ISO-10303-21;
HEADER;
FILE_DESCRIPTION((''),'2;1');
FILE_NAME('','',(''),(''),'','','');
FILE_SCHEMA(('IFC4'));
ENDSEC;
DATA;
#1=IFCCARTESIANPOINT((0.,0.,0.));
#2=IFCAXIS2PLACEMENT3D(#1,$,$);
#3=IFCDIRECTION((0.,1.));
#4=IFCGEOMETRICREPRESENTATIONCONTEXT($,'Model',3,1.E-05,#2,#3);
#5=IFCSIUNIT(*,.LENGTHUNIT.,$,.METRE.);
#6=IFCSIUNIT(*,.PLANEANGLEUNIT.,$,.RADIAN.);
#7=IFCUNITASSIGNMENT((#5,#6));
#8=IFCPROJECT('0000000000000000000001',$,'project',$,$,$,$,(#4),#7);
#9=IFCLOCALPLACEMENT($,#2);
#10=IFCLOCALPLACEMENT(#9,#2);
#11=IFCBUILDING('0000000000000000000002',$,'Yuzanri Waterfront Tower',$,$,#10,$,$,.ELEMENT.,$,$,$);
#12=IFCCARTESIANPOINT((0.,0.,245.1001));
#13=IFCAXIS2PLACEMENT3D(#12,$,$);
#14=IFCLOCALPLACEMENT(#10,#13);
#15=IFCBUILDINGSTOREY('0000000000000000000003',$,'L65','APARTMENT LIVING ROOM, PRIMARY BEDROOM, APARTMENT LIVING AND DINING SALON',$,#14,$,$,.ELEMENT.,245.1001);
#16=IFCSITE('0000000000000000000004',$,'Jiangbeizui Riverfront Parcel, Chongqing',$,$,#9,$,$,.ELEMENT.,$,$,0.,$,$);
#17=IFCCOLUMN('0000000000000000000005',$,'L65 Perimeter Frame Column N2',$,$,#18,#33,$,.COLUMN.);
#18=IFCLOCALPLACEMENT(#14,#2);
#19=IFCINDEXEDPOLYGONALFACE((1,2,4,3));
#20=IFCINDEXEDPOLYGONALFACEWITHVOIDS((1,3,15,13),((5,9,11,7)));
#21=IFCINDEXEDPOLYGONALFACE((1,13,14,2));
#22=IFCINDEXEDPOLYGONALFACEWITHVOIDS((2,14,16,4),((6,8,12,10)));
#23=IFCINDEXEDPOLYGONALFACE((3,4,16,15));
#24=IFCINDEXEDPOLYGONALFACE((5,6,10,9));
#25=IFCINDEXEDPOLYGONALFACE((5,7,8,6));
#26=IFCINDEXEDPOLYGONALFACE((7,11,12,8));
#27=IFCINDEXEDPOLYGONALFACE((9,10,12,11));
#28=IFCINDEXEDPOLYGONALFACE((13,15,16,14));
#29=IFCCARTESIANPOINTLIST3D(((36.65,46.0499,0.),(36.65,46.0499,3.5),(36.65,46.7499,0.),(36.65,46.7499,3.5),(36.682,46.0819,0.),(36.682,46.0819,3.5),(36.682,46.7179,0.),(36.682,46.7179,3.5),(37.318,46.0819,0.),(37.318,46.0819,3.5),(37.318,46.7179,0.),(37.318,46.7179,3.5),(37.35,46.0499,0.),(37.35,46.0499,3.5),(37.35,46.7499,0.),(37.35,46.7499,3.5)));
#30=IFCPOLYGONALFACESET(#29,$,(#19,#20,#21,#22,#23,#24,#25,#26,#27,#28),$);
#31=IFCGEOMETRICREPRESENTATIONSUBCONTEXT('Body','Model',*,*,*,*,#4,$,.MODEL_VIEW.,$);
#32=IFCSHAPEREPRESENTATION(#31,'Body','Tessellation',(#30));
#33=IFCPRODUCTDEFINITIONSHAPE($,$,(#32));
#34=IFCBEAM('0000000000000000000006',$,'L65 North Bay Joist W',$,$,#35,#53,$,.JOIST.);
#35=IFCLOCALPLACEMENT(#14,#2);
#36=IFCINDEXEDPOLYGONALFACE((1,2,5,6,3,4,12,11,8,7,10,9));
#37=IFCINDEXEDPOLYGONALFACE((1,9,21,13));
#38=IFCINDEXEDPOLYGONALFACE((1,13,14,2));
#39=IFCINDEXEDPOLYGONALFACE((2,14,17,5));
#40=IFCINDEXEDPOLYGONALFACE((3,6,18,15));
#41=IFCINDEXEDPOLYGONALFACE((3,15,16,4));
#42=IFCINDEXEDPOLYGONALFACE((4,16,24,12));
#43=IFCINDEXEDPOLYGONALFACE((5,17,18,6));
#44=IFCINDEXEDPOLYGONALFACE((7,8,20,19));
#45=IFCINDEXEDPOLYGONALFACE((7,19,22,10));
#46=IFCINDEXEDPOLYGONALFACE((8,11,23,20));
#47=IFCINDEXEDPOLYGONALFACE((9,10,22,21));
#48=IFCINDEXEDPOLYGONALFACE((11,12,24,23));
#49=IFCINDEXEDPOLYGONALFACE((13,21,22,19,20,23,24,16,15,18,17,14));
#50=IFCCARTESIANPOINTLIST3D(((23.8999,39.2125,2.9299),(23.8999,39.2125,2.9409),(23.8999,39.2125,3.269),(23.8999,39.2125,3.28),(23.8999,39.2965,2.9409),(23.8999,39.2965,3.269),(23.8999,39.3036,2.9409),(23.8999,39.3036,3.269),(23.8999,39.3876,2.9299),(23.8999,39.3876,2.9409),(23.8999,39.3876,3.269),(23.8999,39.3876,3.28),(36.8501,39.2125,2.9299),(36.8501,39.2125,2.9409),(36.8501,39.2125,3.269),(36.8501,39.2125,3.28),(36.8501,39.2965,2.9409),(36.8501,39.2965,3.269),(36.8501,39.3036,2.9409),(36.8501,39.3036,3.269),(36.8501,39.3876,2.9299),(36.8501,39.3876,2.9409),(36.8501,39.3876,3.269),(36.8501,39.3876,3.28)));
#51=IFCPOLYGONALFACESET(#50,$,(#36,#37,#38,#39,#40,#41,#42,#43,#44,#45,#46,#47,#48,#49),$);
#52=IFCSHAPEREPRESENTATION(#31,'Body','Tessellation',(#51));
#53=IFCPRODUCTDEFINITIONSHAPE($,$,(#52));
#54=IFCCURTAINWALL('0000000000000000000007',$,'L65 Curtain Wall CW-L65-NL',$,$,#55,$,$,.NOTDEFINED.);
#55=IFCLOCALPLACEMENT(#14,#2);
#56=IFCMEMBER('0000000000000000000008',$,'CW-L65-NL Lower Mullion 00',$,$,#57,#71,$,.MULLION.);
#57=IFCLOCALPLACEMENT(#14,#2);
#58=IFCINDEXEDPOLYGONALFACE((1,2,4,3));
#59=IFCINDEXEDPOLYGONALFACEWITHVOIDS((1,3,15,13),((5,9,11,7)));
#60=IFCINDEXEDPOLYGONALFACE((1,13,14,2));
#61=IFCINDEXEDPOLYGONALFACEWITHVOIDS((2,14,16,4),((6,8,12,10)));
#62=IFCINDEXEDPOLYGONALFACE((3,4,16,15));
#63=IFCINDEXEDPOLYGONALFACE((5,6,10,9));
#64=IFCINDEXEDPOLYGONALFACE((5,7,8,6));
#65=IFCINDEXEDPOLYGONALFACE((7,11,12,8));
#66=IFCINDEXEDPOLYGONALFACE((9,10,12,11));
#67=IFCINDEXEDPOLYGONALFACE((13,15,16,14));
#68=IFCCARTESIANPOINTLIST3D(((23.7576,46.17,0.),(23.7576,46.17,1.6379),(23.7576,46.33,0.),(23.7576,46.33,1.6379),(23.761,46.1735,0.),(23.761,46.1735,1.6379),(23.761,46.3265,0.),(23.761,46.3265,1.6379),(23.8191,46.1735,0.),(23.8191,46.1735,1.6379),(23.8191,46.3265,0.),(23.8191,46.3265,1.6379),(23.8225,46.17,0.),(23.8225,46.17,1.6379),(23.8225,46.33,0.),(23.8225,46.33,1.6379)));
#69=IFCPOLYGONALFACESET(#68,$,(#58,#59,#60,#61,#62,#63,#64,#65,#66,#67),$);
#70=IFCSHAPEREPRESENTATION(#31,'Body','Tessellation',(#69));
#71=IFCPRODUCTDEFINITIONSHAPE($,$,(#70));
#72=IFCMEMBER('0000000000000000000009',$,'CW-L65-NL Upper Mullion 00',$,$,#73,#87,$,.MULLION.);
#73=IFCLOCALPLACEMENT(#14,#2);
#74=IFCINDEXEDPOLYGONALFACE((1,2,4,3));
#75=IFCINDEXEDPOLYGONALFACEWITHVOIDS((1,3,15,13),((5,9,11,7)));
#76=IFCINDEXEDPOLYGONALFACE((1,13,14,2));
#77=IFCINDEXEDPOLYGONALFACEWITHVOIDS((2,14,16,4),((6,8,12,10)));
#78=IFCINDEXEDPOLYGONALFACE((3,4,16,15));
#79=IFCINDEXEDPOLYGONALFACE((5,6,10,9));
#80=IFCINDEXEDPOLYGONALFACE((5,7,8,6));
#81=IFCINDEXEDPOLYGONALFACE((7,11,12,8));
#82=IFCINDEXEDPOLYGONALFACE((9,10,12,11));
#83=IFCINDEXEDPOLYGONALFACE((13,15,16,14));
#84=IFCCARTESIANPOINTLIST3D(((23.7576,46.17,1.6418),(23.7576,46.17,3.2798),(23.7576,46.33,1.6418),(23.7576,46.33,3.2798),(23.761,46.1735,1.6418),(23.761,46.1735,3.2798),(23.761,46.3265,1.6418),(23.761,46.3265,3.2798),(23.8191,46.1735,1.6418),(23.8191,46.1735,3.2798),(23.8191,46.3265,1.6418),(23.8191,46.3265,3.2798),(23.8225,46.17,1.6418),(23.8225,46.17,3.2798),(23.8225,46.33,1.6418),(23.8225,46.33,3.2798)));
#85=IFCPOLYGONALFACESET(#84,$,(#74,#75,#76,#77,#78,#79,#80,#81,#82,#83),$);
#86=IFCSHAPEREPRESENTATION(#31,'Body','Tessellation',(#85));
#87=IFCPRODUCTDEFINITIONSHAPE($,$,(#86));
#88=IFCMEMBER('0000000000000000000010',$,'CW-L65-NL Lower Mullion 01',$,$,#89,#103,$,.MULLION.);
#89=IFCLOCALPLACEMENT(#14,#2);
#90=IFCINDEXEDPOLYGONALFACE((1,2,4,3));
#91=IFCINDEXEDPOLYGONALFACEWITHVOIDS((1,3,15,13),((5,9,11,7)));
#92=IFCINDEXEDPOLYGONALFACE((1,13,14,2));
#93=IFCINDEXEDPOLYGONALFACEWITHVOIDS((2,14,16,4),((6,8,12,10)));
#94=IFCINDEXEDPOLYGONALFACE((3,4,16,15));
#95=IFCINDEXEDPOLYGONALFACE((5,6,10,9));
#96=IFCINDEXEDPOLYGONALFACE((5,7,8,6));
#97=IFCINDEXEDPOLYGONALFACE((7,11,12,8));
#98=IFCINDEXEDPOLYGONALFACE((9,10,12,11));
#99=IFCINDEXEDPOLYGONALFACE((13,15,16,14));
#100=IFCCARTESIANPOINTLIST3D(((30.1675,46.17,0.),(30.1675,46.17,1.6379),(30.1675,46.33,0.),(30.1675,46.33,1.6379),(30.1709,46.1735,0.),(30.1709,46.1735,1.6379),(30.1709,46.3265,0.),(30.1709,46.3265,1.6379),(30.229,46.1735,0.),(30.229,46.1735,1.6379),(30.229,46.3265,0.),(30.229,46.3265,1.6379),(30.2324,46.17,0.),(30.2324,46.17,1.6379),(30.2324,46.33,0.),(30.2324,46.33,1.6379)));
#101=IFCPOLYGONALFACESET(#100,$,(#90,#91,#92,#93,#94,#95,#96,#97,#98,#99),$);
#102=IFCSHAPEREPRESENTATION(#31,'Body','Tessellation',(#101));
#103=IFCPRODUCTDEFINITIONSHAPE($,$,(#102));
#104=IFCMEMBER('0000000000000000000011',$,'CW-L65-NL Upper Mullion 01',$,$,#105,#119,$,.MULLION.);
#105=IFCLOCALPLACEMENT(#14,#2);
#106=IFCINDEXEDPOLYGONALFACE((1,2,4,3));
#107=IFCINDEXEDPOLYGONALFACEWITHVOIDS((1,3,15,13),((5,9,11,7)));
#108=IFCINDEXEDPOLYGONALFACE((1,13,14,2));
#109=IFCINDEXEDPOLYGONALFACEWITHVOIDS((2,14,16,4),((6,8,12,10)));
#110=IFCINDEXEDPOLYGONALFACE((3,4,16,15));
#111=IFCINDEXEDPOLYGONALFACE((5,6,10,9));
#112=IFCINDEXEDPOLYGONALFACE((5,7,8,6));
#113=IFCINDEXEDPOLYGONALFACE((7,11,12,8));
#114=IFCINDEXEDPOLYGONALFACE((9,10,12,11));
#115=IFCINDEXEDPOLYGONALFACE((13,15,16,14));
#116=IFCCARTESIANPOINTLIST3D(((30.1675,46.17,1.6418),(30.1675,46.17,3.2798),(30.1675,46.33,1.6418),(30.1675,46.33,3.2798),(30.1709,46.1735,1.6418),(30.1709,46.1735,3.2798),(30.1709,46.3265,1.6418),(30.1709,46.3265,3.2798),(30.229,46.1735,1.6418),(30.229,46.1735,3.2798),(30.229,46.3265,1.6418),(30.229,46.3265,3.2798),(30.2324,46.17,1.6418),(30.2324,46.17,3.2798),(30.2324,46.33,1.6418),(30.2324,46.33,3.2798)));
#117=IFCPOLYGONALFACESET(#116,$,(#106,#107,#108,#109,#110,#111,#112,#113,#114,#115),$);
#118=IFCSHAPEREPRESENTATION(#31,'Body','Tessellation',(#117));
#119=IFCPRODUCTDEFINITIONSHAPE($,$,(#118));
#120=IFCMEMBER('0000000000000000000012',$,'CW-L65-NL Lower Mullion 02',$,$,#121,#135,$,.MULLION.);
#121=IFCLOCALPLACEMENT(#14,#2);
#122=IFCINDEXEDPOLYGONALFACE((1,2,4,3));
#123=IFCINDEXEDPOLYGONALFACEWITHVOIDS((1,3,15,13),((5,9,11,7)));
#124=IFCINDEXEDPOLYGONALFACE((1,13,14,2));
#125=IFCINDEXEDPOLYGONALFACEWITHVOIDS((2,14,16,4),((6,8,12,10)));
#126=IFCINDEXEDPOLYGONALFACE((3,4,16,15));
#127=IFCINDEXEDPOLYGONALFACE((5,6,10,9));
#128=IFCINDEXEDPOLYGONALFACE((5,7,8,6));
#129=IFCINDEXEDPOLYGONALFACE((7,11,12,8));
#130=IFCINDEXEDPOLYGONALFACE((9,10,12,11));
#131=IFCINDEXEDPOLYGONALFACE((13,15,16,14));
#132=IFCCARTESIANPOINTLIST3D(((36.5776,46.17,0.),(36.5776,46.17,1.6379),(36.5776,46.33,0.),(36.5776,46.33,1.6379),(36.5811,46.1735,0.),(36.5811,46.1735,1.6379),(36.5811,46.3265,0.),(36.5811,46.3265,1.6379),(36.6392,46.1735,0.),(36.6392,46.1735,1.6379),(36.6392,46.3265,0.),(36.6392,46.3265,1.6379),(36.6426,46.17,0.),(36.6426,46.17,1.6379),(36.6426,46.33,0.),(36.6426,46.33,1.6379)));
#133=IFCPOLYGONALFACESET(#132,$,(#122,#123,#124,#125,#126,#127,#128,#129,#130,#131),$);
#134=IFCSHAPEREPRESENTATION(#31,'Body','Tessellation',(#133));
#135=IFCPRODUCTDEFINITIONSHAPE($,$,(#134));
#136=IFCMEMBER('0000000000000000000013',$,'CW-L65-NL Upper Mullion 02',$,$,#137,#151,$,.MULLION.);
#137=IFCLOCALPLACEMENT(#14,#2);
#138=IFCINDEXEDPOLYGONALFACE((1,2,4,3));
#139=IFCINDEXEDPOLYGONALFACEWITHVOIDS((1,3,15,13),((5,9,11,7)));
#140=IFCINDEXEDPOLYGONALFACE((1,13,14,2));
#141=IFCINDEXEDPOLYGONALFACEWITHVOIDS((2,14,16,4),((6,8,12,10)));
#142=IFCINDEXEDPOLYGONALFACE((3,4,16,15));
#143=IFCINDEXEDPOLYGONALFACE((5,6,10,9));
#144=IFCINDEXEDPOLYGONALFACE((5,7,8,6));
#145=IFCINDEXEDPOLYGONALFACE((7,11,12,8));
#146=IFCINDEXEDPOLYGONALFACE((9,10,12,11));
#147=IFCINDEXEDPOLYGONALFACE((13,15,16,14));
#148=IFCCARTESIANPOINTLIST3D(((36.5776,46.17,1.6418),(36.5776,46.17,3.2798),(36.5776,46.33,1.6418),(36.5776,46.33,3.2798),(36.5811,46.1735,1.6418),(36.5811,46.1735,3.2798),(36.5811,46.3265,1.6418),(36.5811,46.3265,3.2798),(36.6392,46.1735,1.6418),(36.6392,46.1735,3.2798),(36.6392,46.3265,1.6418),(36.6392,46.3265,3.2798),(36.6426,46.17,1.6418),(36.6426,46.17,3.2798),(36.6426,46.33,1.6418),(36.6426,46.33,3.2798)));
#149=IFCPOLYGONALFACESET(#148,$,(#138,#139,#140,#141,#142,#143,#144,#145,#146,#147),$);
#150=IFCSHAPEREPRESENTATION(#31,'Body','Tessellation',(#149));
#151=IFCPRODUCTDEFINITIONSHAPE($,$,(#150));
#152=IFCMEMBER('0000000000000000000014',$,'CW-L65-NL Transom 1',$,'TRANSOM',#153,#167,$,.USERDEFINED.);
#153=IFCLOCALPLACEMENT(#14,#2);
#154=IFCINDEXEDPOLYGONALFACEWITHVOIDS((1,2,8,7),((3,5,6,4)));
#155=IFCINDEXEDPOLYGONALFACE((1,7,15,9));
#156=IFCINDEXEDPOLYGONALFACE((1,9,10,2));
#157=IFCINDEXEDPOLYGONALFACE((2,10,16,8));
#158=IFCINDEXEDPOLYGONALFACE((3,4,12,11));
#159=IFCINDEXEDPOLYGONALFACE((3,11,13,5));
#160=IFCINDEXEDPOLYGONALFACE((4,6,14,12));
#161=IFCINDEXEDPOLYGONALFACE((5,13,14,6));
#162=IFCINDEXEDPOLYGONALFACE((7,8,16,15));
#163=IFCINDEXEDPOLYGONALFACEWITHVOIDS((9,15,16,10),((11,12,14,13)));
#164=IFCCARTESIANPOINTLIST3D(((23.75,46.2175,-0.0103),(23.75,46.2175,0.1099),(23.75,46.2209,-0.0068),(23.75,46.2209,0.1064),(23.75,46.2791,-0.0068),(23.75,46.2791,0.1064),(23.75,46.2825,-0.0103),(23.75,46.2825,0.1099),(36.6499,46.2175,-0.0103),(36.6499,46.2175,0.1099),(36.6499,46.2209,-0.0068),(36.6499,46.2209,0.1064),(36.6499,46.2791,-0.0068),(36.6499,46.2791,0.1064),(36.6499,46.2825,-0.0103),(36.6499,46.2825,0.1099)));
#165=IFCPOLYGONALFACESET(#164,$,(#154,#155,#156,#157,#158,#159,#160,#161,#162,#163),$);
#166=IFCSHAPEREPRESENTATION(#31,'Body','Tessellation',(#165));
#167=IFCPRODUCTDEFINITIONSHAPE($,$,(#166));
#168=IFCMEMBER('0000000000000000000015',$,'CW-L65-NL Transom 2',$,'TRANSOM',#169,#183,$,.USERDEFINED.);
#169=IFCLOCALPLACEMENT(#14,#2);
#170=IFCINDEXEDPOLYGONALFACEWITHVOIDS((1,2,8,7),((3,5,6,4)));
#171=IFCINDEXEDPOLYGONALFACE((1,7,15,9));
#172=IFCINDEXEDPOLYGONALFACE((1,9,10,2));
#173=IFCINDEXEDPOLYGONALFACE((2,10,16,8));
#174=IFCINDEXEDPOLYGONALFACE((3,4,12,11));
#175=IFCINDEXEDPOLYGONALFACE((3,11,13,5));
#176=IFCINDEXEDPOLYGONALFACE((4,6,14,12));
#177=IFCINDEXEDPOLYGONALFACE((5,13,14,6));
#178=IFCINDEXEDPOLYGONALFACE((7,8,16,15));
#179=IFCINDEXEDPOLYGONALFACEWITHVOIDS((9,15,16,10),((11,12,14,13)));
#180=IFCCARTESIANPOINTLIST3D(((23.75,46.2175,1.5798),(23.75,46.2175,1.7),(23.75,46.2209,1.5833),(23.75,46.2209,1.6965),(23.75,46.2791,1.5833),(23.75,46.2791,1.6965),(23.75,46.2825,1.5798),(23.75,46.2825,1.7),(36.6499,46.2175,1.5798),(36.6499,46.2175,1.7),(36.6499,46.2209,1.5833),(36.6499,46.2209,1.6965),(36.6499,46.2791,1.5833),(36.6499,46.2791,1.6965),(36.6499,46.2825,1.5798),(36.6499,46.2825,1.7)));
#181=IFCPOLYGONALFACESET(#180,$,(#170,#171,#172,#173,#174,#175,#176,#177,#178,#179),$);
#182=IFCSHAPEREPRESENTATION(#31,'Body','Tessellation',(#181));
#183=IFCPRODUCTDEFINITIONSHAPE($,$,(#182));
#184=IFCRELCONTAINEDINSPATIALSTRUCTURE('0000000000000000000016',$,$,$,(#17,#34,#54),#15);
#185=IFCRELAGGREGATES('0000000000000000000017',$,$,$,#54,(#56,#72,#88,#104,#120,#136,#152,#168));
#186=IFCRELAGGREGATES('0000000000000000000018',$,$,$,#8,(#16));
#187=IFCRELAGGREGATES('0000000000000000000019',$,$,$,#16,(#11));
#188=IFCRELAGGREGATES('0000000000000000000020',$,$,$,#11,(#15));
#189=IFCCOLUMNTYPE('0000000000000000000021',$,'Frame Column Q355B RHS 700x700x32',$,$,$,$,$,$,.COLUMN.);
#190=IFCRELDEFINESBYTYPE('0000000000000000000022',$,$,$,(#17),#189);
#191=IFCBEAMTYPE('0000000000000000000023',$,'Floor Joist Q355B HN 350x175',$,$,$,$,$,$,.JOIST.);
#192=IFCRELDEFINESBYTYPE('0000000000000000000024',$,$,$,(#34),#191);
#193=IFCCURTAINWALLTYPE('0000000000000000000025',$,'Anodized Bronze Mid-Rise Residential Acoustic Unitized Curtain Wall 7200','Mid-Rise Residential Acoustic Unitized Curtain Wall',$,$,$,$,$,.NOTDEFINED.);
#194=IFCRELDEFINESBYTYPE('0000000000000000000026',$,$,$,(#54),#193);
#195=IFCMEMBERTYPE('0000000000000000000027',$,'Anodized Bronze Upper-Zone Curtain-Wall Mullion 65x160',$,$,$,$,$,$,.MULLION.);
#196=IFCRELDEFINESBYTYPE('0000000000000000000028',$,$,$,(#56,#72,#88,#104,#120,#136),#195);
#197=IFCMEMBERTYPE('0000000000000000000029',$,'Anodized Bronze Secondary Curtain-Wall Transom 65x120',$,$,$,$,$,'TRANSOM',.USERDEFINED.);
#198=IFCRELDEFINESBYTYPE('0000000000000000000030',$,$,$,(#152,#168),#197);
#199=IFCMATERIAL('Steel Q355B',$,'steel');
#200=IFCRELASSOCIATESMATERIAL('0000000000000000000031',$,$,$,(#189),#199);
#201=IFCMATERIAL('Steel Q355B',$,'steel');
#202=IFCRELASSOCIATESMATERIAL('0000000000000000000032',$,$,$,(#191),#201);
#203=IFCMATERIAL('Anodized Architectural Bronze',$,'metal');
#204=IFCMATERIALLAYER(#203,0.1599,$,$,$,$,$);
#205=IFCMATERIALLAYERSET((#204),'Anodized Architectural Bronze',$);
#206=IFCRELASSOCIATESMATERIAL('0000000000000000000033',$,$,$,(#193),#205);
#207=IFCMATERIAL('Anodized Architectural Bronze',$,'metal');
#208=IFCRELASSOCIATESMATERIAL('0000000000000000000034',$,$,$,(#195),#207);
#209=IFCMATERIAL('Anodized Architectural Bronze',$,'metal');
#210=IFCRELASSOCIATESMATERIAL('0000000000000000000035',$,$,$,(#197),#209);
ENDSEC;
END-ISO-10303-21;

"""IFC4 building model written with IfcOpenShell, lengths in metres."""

from ifc_helpers import new_model, si_unit, direction, frame, origin, origin_2d, place, context, subcontext, project, spatial, hollow_rectangle, i_section, extrude, source, transform, mapped, material, layer, layer_set, material_profile, profile_set, type_object, element, aggregate, save


model = new_model("IFC4")

# Units and contexts
model_context = context("Model", 3, precision=1e-05, world=origin(), true_north=direction((0.0, 1.0)))
body_context = subcontext(model_context, "Body", "Model", "MODEL_VIEW")
ifc_project = project(units=[si_unit("LENGTHUNIT", "METRE"), si_unit("PLANEANGLEUNIT", "RADIAN")], contexts=[model_context])

# Site, building, storey
site_placement = place(None, origin())
site = spatial("IfcSite", under=ifc_project, at=site_placement, Name="Jiangbeizui Riverfront Parcel, Chongqing", CompositionType="ELEMENT", RefElevation=0.0)
building_placement = place(site_placement, origin())
building = spatial("IfcBuilding", under=site, at=building_placement, Name="Yuzanri Waterfront Tower", CompositionType="ELEMENT")
storey_placement = place(building_placement, frame((0.0, 0.0, 245.1001)))
storey = spatial("IfcBuildingStorey", under=building, at=storey_placement, Name="L65", Description="APARTMENT LIVING ROOM, PRIMARY BEDROOM, APARTMENT LIVING AND DINING SALON", CompositionType="ELEMENT", Elevation=245.1001)

# Column
ifc_material_1 = material(Name="Steel Q355B", Category="steel")
ifc_material_profile_1 = material_profile(ifc_material_1, hollow_rectangle(XDim=0.7, YDim=0.7, WallThickness=0.032, at=origin_2d()), Name="RHS 700x700x32")
ifc_profile_set_1 = profile_set([ifc_material_profile_1], Name="Steel Q355B")
column_type = type_object("IfcColumnType", Name="Frame Column Q355B RHS 700x700x32", PredefinedType="COLUMN", material=ifc_profile_set_1)
shared_shape_1 = source(origin(), body_context, "Body", "SweptSolid", [
    extrude(hollow_rectangle(XDim=0.7, YDim=0.7, WallThickness=0.032, at=origin_2d()), origin(), (0.0, 0.0, 1.0), 3.5),
])
column_placement = place(storey_placement, frame((37.0, 46.3999, 0.0), z_axis=(0.0, 0.0, 1.0), x_axis=(1.0, 0.0, 0.0)))
element("IfcColumn", 1, at=column_placement, inside=storey, type_object=column_type, Name="L65 Perimeter Frame Column N2", PredefinedType="COLUMN", context=body_context, shape_type="MappedRepresentation", body=[
    mapped(shared_shape_1, transform((0.0, 0.0, 0.0), scale=1.0)),
])

# Beam
ifc_material_2 = material(Name="Steel Q355B", Category="steel")
ifc_material_profile_2 = material_profile(ifc_material_2, i_section(OverallWidth=0.175, OverallDepth=0.3501, WebThickness=0.0071, FlangeThickness=0.011, at=origin_2d()), Name="HN 350x175x7x11")
ifc_profile_set_2 = profile_set([ifc_material_profile_2], Name="Steel Q355B")
beam_type = type_object("IfcBeamType", Name="Floor Joist Q355B HN 350x175", PredefinedType="JOIST", material=ifc_profile_set_2)
shared_shape_2 = source(origin(), body_context, "Body", "SweptSolid", [
    extrude(i_section(OverallWidth=0.175, OverallDepth=0.3501, WebThickness=0.0071, FlangeThickness=0.011, at=origin_2d()), origin(), (0.0, 0.0, 1.0), 12.9502),
])
beam_placement = place(storey_placement, frame((23.8999, 39.3, 3.105), z_axis=(1.0, 0.0, 0.0), x_axis=(0.0, 1.0, 0.0)))
element("IfcBeam", 2, at=beam_placement, inside=storey, type_object=beam_type, Name="L65 North Bay Joist W", PredefinedType="JOIST", context=body_context, shape_type="MappedRepresentation", body=[
    mapped(shared_shape_2, transform((0.0, 0.0, 0.0), scale=1.0)),
])

# Curtain wall, members
ifc_material_3 = material(Name="Anodized Architectural Bronze", Category="metal")
ifc_layer_1 = layer(ifc_material_3, 0.1599)
ifc_layer_set_1 = layer_set([ifc_layer_1], Name="Anodized Architectural Bronze")
curtain_wall_type = type_object("IfcCurtainWallType", Name="Anodized Bronze Mid-Rise Residential Acoustic Unitized Curtain Wall 7200", Description="Mid-Rise Residential Acoustic Unitized Curtain Wall", PredefinedType="NOTDEFINED", material=ifc_layer_set_1)
curtain_wall_placement = place(storey_placement, origin())
curtain_wall = element("IfcCurtainWall", 3, at=curtain_wall_placement, inside=storey, type_object=curtain_wall_type, Name="L65 Curtain Wall CW-L65-NL", PredefinedType="NOTDEFINED")
ifc_material_4 = material(Name="Anodized Architectural Bronze", Category="metal")
ifc_material_profile_3 = material_profile(ifc_material_4, hollow_rectangle(XDim=0.0649, YDim=0.1599, WallThickness=0.0034, at=origin_2d()), Name="CWM 65x160")
ifc_profile_set_3 = profile_set([ifc_material_profile_3], Name="Anodized Architectural Bronze")
member_type_1 = type_object("IfcMemberType", Name="Anodized Bronze Upper-Zone Curtain-Wall Mullion 65x160", PredefinedType="MULLION", material=ifc_profile_set_3)
shared_shape_3 = source(origin(), body_context, "Body", "SweptSolid", [
    extrude(hollow_rectangle(XDim=0.0649, YDim=0.1599, WallThickness=0.0034, at=origin_2d()), origin(), (0.0, 0.0, 1.0), 1.6379),
])
member_1_placement = place(storey_placement, frame((23.79, 46.25, 0.0), z_axis=(0.0, 0.0, 1.0), x_axis=(1.0, 0.0, 0.0)))
member_1 = element("IfcMember", 4, at=member_1_placement, type_object=member_type_1, Name="CW-L65-NL Lower Mullion 00", PredefinedType="MULLION", context=body_context, shape_type="MappedRepresentation", body=[
    mapped(shared_shape_3, transform((0.0, 0.0, 0.0), scale=1.0)),
])
member_2_placement = place(storey_placement, frame((23.79, 46.25, 1.6418), z_axis=(0.0, 0.0, 1.0), x_axis=(1.0, 0.0, 0.0)))
member_2 = element("IfcMember", 5, at=member_2_placement, type_object=member_type_1, Name="CW-L65-NL Upper Mullion 00", PredefinedType="MULLION", context=body_context, shape_type="MappedRepresentation", body=[
    mapped(shared_shape_3, transform((0.0, 0.0, 0.0), scale=1.0)),
])
member_3_placement = place(storey_placement, frame((30.2, 46.25, 0.0), z_axis=(0.0, 0.0, 1.0), x_axis=(1.0, 0.0, 0.0)))
member_3 = element("IfcMember", 6, at=member_3_placement, type_object=member_type_1, Name="CW-L65-NL Lower Mullion 01", PredefinedType="MULLION", context=body_context, shape_type="MappedRepresentation", body=[
    mapped(shared_shape_3, transform((0.0, 0.0, 0.0), scale=1.0)),
])
member_4_placement = place(storey_placement, frame((30.2, 46.25, 1.6418), z_axis=(0.0, 0.0, 1.0), x_axis=(1.0, 0.0, 0.0)))
member_4 = element("IfcMember", 7, at=member_4_placement, type_object=member_type_1, Name="CW-L65-NL Upper Mullion 01", PredefinedType="MULLION", context=body_context, shape_type="MappedRepresentation", body=[
    mapped(shared_shape_3, transform((0.0, 0.0, 0.0), scale=1.0)),
])
member_5_placement = place(storey_placement, frame((36.6101, 46.25, 0.0), z_axis=(0.0, 0.0, 1.0), x_axis=(1.0, 0.0, 0.0)))
member_5 = element("IfcMember", 8, at=member_5_placement, type_object=member_type_1, Name="CW-L65-NL Lower Mullion 02", PredefinedType="MULLION", context=body_context, shape_type="MappedRepresentation", body=[
    mapped(shared_shape_3, transform((0.0, 0.0, 0.0), scale=1.0)),
])
member_6_placement = place(storey_placement, frame((36.6101, 46.25, 1.6418), z_axis=(0.0, 0.0, 1.0), x_axis=(1.0, 0.0, 0.0)))
member_6 = element("IfcMember", 9, at=member_6_placement, type_object=member_type_1, Name="CW-L65-NL Upper Mullion 02", PredefinedType="MULLION", context=body_context, shape_type="MappedRepresentation", body=[
    mapped(shared_shape_3, transform((0.0, 0.0, 0.0), scale=1.0)),
])
ifc_material_5 = material(Name="Anodized Architectural Bronze", Category="metal")
ifc_material_profile_4 = material_profile(ifc_material_5, hollow_rectangle(XDim=0.0649, YDim=0.1201, WallThickness=0.0034, at=origin_2d()), Name="CWT 65x120")
ifc_profile_set_4 = profile_set([ifc_material_profile_4], Name="Anodized Architectural Bronze")
member_type_2 = type_object("IfcMemberType", Name="Anodized Bronze Secondary Curtain-Wall Transom 65x120", ElementType="TRANSOM", PredefinedType="USERDEFINED", material=ifc_profile_set_4)
shared_shape_4 = source(origin(), body_context, "Body", "SweptSolid", [
    extrude(hollow_rectangle(XDim=0.0649, YDim=0.1201, WallThickness=0.0034, at=origin_2d()), origin(), (0.0, 0.0, 1.0), 12.8999),
])
member_7_placement = place(storey_placement, frame((23.75, 46.25, 0.0498), z_axis=(1.0, 0.0, 0.0), x_axis=(0.0, 1.0, 0.0)))
member_7 = element("IfcMember", 10, at=member_7_placement, type_object=member_type_2, Name="CW-L65-NL Transom 1", ObjectType="TRANSOM", PredefinedType="USERDEFINED", context=body_context, shape_type="MappedRepresentation", body=[
    mapped(shared_shape_4, transform((0.0, 0.0, 0.0), scale=1.0)),
])
member_8_placement = place(storey_placement, frame((23.75, 46.25, 1.6399), z_axis=(1.0, 0.0, 0.0), x_axis=(0.0, 1.0, 0.0)))
member_8 = element("IfcMember", 11, at=member_8_placement, type_object=member_type_2, Name="CW-L65-NL Transom 2", ObjectType="TRANSOM", PredefinedType="USERDEFINED", context=body_context, shape_type="MappedRepresentation", body=[
    mapped(shared_shape_4, transform((0.0, 0.0, 0.0), scale=1.0)),
])
aggregate(curtain_wall, [member_1, member_2, member_3, member_4, member_5, member_6, member_7, member_8])

save(model, "model.ifc")
